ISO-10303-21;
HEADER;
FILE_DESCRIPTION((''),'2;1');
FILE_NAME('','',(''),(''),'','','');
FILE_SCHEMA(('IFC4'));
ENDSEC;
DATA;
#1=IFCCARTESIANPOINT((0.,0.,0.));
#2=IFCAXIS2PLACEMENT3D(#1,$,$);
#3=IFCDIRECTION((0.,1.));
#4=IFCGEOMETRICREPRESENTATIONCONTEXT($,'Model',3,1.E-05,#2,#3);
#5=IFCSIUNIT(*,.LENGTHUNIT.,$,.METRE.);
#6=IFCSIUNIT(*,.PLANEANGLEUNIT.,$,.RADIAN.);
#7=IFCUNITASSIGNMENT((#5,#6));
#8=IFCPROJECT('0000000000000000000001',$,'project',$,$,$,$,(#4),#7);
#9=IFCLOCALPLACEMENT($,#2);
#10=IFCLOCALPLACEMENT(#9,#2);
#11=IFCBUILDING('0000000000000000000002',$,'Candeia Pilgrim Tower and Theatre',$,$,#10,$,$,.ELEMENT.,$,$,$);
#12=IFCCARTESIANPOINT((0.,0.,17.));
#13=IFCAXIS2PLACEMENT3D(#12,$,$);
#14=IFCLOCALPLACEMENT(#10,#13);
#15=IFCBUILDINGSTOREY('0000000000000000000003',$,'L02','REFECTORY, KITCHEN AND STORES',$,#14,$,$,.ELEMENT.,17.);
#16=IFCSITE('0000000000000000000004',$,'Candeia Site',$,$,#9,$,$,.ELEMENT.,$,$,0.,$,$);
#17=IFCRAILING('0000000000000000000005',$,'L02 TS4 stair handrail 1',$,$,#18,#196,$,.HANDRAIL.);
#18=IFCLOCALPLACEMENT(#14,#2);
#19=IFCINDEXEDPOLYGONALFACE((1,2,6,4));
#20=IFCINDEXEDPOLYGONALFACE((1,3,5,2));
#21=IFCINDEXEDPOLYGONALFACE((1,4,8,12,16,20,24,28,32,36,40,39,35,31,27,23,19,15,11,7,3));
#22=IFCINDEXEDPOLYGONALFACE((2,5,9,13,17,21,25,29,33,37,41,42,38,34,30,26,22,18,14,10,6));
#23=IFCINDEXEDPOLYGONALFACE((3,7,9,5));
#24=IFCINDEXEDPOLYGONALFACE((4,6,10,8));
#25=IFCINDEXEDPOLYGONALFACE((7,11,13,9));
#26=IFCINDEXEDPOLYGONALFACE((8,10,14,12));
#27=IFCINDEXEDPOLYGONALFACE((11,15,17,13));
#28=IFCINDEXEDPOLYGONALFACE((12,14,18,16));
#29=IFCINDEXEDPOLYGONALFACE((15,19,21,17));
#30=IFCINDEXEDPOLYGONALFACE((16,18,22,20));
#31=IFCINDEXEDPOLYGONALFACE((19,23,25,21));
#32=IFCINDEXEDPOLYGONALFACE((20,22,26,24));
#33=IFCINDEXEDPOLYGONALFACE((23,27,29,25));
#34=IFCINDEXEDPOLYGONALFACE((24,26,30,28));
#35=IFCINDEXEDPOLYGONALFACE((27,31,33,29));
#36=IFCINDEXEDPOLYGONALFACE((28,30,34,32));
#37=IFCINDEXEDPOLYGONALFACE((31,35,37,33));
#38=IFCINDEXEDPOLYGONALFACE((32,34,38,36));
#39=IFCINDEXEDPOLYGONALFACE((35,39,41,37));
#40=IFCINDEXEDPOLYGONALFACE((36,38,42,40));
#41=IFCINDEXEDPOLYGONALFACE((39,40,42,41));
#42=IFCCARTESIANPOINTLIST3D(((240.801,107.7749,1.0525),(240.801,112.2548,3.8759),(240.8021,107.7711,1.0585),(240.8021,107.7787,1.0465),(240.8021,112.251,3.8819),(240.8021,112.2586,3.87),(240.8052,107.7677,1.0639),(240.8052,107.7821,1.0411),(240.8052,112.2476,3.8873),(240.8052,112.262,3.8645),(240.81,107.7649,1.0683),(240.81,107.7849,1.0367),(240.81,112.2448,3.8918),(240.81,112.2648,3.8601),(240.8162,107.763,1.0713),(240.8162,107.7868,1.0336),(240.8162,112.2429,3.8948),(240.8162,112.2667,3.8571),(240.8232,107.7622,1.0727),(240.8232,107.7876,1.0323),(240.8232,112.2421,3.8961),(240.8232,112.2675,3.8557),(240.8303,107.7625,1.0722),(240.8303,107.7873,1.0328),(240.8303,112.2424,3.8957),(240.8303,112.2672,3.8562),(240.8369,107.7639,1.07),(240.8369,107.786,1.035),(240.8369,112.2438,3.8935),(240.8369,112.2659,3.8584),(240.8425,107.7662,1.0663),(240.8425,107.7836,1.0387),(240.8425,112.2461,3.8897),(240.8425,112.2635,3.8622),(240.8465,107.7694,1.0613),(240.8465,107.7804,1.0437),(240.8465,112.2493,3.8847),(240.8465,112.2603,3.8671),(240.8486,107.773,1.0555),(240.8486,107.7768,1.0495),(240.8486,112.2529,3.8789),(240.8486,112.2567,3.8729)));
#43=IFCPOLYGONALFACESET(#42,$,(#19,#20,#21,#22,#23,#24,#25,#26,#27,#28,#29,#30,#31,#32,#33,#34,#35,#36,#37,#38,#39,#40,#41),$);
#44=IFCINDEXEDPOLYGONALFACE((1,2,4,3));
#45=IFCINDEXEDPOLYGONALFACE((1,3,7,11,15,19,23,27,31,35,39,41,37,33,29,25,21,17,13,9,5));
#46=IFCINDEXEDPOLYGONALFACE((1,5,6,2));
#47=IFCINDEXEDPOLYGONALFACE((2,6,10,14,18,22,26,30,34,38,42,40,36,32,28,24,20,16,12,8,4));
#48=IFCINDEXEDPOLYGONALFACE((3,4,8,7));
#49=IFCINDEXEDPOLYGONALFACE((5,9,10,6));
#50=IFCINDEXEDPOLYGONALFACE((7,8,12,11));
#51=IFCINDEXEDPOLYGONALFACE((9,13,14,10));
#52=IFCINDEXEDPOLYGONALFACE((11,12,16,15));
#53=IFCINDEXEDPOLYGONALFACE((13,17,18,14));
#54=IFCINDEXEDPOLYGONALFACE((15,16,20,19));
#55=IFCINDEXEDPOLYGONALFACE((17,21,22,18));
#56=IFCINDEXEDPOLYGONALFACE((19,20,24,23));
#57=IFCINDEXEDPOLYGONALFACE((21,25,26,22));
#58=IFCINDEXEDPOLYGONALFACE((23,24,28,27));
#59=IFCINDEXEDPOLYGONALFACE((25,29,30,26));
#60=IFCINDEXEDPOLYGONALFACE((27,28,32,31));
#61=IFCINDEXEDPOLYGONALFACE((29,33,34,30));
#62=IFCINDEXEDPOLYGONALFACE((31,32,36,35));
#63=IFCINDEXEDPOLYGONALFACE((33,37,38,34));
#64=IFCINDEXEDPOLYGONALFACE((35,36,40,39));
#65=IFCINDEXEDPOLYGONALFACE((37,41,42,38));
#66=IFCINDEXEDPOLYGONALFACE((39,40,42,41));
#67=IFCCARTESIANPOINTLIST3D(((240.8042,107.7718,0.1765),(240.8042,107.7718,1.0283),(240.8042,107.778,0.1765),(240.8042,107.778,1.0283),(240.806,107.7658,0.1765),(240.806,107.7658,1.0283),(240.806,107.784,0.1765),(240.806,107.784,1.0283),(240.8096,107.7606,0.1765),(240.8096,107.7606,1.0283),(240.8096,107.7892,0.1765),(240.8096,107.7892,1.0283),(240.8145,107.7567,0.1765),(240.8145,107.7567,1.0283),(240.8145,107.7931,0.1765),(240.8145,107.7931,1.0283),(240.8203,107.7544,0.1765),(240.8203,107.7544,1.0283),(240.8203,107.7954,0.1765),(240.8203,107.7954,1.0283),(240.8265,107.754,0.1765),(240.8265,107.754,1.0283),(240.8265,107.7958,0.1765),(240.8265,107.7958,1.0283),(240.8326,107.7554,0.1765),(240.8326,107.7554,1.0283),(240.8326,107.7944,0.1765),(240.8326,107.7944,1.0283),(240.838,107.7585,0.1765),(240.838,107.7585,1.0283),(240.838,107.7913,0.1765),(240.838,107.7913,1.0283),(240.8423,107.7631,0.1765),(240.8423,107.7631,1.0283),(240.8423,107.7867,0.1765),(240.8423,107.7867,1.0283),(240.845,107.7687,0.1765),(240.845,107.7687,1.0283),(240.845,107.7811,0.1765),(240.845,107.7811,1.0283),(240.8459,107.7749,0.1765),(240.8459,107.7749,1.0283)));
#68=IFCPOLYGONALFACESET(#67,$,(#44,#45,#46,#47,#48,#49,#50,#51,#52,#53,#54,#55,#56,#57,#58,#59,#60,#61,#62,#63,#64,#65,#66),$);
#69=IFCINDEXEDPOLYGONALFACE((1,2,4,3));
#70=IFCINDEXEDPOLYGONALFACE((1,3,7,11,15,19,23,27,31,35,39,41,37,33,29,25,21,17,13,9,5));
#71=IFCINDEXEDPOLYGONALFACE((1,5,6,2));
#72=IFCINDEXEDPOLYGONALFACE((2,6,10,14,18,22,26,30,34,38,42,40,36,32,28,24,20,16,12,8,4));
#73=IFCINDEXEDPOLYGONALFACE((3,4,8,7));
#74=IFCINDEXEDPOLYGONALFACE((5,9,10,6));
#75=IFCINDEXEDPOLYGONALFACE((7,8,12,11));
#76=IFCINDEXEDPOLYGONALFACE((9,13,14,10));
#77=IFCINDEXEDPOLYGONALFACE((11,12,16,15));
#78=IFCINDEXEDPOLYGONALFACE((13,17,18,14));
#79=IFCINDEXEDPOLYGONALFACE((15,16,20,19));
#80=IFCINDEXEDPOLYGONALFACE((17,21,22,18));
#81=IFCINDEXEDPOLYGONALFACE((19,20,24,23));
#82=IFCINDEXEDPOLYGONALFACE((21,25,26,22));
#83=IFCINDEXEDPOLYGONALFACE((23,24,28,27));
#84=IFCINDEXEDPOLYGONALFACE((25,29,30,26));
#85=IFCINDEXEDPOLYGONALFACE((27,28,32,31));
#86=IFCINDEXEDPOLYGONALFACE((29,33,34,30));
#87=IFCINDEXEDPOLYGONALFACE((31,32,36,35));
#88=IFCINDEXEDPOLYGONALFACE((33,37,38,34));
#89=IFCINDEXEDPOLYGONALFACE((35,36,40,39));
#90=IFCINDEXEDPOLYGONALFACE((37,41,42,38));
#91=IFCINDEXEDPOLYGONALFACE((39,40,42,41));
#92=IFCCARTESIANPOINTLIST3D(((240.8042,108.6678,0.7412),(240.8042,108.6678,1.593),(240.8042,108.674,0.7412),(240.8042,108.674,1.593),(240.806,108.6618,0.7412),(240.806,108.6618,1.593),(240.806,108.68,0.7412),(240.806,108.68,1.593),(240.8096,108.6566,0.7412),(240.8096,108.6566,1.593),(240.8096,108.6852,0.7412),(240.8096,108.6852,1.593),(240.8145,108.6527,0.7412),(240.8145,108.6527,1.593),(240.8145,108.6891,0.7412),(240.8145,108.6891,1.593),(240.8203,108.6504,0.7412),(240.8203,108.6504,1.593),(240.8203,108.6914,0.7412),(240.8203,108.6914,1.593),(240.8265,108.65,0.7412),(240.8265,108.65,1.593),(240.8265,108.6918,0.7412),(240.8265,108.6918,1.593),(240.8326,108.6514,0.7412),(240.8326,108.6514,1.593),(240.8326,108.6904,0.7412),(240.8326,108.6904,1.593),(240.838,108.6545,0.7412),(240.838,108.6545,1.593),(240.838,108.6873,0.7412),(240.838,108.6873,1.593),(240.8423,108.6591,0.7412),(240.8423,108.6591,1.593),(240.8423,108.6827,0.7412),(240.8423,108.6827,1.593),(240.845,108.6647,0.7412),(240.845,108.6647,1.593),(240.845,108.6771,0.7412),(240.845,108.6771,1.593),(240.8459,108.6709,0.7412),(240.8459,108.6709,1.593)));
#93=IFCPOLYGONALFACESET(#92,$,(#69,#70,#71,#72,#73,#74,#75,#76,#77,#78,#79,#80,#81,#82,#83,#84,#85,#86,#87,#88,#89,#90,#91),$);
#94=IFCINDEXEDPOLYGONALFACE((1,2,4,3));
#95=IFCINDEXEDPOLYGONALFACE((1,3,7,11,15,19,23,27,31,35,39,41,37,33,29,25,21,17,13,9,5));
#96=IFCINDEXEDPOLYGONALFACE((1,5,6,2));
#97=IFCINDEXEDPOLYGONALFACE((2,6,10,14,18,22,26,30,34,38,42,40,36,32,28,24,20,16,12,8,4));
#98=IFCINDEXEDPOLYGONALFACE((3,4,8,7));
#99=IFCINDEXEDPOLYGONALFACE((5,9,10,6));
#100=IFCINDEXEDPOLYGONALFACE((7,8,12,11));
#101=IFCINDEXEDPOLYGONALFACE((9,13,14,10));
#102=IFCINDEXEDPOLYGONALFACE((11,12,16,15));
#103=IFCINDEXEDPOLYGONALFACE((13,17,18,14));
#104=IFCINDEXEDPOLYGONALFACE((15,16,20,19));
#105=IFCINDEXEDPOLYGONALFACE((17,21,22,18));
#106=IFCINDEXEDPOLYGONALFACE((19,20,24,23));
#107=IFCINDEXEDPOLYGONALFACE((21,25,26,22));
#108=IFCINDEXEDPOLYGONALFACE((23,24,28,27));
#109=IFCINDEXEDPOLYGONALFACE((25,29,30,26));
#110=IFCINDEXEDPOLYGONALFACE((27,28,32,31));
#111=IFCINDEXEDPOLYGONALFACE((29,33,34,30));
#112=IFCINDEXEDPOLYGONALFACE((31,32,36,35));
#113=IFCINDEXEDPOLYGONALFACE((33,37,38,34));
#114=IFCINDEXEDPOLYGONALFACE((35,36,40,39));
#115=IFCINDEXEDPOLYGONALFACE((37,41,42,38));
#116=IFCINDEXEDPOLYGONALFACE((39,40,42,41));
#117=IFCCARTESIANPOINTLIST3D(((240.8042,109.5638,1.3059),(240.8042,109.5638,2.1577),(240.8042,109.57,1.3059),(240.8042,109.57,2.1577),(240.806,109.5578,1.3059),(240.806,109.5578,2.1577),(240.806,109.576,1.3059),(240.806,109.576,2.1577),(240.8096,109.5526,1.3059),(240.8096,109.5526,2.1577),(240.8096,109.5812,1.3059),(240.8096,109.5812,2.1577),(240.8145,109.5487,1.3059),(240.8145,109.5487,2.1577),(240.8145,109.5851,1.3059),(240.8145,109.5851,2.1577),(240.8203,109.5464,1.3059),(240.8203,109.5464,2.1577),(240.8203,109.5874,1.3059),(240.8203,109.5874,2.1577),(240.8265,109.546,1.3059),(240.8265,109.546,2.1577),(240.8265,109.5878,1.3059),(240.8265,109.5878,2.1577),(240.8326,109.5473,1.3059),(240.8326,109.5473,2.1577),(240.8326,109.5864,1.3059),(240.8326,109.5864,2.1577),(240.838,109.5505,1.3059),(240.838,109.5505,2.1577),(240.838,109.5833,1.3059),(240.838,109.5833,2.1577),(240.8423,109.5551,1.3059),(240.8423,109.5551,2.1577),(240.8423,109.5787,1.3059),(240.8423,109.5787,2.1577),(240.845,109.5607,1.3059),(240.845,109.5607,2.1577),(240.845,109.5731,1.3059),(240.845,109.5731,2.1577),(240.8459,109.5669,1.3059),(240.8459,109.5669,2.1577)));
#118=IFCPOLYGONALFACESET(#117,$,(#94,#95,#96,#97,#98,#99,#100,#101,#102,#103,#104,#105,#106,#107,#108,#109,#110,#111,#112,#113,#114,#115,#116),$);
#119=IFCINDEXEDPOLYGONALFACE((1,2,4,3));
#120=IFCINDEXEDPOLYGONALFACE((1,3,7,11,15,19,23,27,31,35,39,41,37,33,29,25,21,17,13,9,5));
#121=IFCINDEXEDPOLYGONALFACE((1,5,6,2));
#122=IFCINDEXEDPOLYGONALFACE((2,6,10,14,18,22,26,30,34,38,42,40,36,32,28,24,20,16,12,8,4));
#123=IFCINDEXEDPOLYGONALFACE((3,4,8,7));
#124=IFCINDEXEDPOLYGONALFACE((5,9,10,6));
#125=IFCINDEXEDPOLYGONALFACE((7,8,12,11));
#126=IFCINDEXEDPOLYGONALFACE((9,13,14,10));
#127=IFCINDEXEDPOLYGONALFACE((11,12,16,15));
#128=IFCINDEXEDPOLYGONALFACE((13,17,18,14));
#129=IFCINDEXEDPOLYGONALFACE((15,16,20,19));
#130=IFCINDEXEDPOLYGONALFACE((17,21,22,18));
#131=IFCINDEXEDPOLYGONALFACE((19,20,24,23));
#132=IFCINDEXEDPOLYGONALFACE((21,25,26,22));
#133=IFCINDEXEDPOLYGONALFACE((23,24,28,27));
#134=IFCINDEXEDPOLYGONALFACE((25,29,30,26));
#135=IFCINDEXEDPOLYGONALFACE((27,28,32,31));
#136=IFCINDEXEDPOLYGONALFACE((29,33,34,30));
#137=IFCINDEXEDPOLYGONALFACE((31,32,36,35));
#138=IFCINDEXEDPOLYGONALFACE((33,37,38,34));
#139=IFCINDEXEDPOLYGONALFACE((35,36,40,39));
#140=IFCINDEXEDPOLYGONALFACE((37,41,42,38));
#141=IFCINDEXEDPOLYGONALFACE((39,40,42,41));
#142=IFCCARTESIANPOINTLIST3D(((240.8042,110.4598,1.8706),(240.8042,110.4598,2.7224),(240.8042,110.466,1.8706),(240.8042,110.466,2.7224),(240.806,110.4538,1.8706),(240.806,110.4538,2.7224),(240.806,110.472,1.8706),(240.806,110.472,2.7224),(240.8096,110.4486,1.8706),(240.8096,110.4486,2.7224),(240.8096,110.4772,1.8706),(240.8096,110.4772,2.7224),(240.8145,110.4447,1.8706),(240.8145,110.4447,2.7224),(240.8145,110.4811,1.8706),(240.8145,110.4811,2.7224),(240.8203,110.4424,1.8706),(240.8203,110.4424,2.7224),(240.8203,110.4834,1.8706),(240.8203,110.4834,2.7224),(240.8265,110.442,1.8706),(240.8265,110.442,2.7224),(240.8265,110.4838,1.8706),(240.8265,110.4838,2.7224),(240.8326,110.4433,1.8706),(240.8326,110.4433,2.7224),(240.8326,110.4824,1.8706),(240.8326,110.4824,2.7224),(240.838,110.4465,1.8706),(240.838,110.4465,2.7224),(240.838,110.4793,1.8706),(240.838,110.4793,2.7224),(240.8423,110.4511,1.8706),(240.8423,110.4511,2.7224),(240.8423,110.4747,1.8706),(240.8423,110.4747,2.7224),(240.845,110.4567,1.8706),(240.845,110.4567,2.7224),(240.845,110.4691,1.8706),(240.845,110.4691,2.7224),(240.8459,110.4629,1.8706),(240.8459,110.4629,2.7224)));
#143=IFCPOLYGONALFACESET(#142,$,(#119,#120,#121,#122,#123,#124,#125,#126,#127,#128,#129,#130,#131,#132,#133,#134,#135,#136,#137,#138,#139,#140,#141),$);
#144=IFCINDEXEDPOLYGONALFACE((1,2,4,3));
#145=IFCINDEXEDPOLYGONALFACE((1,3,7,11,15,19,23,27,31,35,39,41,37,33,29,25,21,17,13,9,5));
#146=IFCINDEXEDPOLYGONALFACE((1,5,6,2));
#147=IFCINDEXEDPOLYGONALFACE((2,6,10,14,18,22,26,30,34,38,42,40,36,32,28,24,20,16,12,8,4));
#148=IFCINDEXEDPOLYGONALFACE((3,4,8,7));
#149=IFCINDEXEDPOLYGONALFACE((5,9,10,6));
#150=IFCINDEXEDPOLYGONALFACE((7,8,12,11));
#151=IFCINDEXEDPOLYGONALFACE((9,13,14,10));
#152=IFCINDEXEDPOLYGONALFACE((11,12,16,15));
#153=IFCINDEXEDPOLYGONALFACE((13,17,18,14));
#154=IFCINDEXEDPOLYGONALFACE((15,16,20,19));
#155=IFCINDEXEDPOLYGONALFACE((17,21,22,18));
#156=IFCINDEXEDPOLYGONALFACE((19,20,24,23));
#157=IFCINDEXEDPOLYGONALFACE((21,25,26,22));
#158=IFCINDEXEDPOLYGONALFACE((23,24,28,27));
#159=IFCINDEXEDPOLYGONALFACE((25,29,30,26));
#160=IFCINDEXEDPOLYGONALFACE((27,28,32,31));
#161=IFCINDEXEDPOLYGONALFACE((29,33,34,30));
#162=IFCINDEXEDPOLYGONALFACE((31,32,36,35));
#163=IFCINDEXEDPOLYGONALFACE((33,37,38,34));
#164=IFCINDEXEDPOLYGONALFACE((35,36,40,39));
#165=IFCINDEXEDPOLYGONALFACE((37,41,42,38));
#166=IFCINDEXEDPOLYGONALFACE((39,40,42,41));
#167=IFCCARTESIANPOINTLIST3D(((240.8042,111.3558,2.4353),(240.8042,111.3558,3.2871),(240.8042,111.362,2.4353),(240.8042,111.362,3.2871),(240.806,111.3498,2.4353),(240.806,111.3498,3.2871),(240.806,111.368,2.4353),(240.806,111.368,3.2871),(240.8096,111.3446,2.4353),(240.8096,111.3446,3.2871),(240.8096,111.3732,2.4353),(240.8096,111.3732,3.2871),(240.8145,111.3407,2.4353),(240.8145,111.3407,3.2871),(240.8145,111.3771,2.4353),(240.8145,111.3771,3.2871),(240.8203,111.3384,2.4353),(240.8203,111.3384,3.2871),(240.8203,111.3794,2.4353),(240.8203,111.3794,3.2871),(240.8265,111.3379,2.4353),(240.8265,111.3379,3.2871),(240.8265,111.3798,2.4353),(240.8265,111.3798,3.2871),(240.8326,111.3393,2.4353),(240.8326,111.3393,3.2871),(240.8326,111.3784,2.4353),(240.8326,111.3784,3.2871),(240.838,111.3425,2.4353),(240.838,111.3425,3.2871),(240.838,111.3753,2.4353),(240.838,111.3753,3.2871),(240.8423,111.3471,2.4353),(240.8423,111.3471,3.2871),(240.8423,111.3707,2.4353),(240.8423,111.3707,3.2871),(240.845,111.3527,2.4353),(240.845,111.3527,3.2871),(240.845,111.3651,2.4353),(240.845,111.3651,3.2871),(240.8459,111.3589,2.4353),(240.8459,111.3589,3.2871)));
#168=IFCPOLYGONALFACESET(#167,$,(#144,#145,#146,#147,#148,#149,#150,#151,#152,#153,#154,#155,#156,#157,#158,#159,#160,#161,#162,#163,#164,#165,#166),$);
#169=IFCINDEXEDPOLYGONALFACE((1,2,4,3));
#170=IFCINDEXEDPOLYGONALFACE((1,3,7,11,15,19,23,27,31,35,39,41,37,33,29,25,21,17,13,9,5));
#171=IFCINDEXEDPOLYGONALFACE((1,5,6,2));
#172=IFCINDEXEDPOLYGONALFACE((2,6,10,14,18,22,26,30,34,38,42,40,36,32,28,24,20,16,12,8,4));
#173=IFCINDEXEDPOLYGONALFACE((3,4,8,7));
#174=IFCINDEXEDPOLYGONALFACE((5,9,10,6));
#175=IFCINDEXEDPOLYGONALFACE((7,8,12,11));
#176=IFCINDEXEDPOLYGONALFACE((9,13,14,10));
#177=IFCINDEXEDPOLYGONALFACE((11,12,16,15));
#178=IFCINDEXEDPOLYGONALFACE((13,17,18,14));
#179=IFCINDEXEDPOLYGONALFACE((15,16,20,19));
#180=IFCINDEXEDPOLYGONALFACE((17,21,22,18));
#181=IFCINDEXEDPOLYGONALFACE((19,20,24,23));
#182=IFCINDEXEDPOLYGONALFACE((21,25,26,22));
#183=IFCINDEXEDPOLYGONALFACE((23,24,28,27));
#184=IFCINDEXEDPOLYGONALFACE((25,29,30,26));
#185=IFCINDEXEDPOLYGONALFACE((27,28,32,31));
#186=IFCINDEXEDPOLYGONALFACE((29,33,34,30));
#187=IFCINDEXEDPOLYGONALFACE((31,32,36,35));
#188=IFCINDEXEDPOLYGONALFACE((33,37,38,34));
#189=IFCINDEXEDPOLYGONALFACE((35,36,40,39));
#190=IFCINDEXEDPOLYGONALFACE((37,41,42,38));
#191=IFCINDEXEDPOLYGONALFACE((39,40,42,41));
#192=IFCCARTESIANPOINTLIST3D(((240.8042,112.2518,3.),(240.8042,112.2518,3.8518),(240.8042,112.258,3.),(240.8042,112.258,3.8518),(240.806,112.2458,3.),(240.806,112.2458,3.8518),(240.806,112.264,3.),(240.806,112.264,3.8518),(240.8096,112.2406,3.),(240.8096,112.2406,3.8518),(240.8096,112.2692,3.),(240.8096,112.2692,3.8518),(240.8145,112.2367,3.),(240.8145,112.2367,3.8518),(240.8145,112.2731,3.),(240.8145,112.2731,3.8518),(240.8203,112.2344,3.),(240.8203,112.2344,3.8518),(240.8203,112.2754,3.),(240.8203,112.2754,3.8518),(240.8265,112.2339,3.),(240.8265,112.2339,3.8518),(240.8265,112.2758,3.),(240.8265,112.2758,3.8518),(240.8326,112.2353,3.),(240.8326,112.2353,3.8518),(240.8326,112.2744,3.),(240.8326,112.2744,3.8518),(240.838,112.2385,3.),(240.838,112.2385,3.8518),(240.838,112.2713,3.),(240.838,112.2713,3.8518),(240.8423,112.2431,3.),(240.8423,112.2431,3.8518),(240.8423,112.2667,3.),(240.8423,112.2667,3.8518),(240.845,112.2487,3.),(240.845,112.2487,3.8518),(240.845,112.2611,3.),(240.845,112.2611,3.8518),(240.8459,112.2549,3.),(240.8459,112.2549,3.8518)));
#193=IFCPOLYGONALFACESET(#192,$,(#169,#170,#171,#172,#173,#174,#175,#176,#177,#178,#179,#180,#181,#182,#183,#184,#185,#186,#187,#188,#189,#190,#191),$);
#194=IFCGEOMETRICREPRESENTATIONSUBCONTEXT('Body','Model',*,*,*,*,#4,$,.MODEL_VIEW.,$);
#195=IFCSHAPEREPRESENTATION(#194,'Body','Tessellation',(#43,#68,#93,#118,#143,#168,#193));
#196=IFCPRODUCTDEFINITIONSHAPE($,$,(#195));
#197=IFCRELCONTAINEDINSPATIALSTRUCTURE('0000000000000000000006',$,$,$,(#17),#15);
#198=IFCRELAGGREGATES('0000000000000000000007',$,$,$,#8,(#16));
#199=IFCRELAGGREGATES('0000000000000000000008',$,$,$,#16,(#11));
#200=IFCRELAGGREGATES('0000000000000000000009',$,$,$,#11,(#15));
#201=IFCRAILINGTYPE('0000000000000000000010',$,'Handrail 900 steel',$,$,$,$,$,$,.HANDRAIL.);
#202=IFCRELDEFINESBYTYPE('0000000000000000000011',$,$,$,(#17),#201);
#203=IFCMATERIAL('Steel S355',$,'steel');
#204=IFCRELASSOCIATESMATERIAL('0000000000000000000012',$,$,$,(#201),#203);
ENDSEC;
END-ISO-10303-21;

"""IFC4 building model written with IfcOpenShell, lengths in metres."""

from ifc_helpers import new_model, si_unit, direction, frame, origin, origin_2d, place, context, subcontext, project, spatial, circle, extrude, material, type_object, element, save


model = new_model("IFC4")

# Units and contexts
model_context = context("Model", 3, precision=1e-05, world=origin(), true_north=direction((0.0, 1.0)))
body_context = subcontext(model_context, "Body", "Model", "MODEL_VIEW")
ifc_project = project(units=[si_unit("LENGTHUNIT", "METRE"), si_unit("PLANEANGLEUNIT", "RADIAN")], contexts=[model_context])

# Site, building, storey
site_placement = place(None, origin())
site = spatial("IfcSite", under=ifc_project, at=site_placement, Name="Candeia Site", CompositionType="ELEMENT", RefElevation=0.0)
building_placement = place(site_placement, origin())
building = spatial("IfcBuilding", under=site, at=building_placement, Name="Candeia Pilgrim Tower and Theatre", CompositionType="ELEMENT")
storey_placement = place(building_placement, frame((0.0, 0.0, 17.0)))
storey = spatial("IfcBuildingStorey", under=building, at=storey_placement, Name="L02", Description="REFECTORY, KITCHEN AND STORES", CompositionType="ELEMENT", Elevation=17.0)

# Railing
ifc_material_1 = material(Name="Steel S355", Category="steel")
railing_type_1 = type_object("IfcRailingType", Name="Handrail 900 steel", PredefinedType="HANDRAIL", material=ifc_material_1)
for number, where, name in (
    (1, (240.825, 107.7749, 0.1765), "L02 TS4 stair handrail 1"),
):
    element("IfcRailing", number, at=place(storey_placement, frame(where)), inside=storey, type_object=railing_type_1, Name=name, PredefinedType="HANDRAIL", context=body_context, shape_type="SweptSolid", body=[
        extrude(circle(Radius=0.0239, at=origin_2d()), frame((0.0, 0.0, 0.876), z_axis=(0.0, 0.845998, 0.533186), x_axis=(-1.0, 0.0, 0.0)), (0.0, 0.0, 1.0), 5.2954),
        extrude(circle(Radius=0.021, at=origin_2d()), origin(), (0.0, 0.0, 1.0), 0.8518),
        extrude(circle(Radius=0.021, at=origin_2d()), frame((0.0, 0.896, 0.5647)), (0.0, 0.0, 1.0), 0.8518),
        extrude(circle(Radius=0.021, at=origin_2d()), frame((0.0, 1.792, 1.1294)), (0.0, 0.0, 1.0), 0.8518),
        extrude(circle(Radius=0.021, at=origin_2d()), frame((0.0, 2.688, 1.6941)), (0.0, 0.0, 1.0), 0.8518),
        extrude(circle(Radius=0.021, at=origin_2d()), frame((0.0, 3.584, 2.2588)), (0.0, 0.0, 1.0), 0.8518),
        extrude(circle(Radius=0.021, at=origin_2d()), frame((0.0, 4.48, 2.8235)), (0.0, 0.0, 1.0), 0.8518),
    ])

save(model, "model.ifc")
